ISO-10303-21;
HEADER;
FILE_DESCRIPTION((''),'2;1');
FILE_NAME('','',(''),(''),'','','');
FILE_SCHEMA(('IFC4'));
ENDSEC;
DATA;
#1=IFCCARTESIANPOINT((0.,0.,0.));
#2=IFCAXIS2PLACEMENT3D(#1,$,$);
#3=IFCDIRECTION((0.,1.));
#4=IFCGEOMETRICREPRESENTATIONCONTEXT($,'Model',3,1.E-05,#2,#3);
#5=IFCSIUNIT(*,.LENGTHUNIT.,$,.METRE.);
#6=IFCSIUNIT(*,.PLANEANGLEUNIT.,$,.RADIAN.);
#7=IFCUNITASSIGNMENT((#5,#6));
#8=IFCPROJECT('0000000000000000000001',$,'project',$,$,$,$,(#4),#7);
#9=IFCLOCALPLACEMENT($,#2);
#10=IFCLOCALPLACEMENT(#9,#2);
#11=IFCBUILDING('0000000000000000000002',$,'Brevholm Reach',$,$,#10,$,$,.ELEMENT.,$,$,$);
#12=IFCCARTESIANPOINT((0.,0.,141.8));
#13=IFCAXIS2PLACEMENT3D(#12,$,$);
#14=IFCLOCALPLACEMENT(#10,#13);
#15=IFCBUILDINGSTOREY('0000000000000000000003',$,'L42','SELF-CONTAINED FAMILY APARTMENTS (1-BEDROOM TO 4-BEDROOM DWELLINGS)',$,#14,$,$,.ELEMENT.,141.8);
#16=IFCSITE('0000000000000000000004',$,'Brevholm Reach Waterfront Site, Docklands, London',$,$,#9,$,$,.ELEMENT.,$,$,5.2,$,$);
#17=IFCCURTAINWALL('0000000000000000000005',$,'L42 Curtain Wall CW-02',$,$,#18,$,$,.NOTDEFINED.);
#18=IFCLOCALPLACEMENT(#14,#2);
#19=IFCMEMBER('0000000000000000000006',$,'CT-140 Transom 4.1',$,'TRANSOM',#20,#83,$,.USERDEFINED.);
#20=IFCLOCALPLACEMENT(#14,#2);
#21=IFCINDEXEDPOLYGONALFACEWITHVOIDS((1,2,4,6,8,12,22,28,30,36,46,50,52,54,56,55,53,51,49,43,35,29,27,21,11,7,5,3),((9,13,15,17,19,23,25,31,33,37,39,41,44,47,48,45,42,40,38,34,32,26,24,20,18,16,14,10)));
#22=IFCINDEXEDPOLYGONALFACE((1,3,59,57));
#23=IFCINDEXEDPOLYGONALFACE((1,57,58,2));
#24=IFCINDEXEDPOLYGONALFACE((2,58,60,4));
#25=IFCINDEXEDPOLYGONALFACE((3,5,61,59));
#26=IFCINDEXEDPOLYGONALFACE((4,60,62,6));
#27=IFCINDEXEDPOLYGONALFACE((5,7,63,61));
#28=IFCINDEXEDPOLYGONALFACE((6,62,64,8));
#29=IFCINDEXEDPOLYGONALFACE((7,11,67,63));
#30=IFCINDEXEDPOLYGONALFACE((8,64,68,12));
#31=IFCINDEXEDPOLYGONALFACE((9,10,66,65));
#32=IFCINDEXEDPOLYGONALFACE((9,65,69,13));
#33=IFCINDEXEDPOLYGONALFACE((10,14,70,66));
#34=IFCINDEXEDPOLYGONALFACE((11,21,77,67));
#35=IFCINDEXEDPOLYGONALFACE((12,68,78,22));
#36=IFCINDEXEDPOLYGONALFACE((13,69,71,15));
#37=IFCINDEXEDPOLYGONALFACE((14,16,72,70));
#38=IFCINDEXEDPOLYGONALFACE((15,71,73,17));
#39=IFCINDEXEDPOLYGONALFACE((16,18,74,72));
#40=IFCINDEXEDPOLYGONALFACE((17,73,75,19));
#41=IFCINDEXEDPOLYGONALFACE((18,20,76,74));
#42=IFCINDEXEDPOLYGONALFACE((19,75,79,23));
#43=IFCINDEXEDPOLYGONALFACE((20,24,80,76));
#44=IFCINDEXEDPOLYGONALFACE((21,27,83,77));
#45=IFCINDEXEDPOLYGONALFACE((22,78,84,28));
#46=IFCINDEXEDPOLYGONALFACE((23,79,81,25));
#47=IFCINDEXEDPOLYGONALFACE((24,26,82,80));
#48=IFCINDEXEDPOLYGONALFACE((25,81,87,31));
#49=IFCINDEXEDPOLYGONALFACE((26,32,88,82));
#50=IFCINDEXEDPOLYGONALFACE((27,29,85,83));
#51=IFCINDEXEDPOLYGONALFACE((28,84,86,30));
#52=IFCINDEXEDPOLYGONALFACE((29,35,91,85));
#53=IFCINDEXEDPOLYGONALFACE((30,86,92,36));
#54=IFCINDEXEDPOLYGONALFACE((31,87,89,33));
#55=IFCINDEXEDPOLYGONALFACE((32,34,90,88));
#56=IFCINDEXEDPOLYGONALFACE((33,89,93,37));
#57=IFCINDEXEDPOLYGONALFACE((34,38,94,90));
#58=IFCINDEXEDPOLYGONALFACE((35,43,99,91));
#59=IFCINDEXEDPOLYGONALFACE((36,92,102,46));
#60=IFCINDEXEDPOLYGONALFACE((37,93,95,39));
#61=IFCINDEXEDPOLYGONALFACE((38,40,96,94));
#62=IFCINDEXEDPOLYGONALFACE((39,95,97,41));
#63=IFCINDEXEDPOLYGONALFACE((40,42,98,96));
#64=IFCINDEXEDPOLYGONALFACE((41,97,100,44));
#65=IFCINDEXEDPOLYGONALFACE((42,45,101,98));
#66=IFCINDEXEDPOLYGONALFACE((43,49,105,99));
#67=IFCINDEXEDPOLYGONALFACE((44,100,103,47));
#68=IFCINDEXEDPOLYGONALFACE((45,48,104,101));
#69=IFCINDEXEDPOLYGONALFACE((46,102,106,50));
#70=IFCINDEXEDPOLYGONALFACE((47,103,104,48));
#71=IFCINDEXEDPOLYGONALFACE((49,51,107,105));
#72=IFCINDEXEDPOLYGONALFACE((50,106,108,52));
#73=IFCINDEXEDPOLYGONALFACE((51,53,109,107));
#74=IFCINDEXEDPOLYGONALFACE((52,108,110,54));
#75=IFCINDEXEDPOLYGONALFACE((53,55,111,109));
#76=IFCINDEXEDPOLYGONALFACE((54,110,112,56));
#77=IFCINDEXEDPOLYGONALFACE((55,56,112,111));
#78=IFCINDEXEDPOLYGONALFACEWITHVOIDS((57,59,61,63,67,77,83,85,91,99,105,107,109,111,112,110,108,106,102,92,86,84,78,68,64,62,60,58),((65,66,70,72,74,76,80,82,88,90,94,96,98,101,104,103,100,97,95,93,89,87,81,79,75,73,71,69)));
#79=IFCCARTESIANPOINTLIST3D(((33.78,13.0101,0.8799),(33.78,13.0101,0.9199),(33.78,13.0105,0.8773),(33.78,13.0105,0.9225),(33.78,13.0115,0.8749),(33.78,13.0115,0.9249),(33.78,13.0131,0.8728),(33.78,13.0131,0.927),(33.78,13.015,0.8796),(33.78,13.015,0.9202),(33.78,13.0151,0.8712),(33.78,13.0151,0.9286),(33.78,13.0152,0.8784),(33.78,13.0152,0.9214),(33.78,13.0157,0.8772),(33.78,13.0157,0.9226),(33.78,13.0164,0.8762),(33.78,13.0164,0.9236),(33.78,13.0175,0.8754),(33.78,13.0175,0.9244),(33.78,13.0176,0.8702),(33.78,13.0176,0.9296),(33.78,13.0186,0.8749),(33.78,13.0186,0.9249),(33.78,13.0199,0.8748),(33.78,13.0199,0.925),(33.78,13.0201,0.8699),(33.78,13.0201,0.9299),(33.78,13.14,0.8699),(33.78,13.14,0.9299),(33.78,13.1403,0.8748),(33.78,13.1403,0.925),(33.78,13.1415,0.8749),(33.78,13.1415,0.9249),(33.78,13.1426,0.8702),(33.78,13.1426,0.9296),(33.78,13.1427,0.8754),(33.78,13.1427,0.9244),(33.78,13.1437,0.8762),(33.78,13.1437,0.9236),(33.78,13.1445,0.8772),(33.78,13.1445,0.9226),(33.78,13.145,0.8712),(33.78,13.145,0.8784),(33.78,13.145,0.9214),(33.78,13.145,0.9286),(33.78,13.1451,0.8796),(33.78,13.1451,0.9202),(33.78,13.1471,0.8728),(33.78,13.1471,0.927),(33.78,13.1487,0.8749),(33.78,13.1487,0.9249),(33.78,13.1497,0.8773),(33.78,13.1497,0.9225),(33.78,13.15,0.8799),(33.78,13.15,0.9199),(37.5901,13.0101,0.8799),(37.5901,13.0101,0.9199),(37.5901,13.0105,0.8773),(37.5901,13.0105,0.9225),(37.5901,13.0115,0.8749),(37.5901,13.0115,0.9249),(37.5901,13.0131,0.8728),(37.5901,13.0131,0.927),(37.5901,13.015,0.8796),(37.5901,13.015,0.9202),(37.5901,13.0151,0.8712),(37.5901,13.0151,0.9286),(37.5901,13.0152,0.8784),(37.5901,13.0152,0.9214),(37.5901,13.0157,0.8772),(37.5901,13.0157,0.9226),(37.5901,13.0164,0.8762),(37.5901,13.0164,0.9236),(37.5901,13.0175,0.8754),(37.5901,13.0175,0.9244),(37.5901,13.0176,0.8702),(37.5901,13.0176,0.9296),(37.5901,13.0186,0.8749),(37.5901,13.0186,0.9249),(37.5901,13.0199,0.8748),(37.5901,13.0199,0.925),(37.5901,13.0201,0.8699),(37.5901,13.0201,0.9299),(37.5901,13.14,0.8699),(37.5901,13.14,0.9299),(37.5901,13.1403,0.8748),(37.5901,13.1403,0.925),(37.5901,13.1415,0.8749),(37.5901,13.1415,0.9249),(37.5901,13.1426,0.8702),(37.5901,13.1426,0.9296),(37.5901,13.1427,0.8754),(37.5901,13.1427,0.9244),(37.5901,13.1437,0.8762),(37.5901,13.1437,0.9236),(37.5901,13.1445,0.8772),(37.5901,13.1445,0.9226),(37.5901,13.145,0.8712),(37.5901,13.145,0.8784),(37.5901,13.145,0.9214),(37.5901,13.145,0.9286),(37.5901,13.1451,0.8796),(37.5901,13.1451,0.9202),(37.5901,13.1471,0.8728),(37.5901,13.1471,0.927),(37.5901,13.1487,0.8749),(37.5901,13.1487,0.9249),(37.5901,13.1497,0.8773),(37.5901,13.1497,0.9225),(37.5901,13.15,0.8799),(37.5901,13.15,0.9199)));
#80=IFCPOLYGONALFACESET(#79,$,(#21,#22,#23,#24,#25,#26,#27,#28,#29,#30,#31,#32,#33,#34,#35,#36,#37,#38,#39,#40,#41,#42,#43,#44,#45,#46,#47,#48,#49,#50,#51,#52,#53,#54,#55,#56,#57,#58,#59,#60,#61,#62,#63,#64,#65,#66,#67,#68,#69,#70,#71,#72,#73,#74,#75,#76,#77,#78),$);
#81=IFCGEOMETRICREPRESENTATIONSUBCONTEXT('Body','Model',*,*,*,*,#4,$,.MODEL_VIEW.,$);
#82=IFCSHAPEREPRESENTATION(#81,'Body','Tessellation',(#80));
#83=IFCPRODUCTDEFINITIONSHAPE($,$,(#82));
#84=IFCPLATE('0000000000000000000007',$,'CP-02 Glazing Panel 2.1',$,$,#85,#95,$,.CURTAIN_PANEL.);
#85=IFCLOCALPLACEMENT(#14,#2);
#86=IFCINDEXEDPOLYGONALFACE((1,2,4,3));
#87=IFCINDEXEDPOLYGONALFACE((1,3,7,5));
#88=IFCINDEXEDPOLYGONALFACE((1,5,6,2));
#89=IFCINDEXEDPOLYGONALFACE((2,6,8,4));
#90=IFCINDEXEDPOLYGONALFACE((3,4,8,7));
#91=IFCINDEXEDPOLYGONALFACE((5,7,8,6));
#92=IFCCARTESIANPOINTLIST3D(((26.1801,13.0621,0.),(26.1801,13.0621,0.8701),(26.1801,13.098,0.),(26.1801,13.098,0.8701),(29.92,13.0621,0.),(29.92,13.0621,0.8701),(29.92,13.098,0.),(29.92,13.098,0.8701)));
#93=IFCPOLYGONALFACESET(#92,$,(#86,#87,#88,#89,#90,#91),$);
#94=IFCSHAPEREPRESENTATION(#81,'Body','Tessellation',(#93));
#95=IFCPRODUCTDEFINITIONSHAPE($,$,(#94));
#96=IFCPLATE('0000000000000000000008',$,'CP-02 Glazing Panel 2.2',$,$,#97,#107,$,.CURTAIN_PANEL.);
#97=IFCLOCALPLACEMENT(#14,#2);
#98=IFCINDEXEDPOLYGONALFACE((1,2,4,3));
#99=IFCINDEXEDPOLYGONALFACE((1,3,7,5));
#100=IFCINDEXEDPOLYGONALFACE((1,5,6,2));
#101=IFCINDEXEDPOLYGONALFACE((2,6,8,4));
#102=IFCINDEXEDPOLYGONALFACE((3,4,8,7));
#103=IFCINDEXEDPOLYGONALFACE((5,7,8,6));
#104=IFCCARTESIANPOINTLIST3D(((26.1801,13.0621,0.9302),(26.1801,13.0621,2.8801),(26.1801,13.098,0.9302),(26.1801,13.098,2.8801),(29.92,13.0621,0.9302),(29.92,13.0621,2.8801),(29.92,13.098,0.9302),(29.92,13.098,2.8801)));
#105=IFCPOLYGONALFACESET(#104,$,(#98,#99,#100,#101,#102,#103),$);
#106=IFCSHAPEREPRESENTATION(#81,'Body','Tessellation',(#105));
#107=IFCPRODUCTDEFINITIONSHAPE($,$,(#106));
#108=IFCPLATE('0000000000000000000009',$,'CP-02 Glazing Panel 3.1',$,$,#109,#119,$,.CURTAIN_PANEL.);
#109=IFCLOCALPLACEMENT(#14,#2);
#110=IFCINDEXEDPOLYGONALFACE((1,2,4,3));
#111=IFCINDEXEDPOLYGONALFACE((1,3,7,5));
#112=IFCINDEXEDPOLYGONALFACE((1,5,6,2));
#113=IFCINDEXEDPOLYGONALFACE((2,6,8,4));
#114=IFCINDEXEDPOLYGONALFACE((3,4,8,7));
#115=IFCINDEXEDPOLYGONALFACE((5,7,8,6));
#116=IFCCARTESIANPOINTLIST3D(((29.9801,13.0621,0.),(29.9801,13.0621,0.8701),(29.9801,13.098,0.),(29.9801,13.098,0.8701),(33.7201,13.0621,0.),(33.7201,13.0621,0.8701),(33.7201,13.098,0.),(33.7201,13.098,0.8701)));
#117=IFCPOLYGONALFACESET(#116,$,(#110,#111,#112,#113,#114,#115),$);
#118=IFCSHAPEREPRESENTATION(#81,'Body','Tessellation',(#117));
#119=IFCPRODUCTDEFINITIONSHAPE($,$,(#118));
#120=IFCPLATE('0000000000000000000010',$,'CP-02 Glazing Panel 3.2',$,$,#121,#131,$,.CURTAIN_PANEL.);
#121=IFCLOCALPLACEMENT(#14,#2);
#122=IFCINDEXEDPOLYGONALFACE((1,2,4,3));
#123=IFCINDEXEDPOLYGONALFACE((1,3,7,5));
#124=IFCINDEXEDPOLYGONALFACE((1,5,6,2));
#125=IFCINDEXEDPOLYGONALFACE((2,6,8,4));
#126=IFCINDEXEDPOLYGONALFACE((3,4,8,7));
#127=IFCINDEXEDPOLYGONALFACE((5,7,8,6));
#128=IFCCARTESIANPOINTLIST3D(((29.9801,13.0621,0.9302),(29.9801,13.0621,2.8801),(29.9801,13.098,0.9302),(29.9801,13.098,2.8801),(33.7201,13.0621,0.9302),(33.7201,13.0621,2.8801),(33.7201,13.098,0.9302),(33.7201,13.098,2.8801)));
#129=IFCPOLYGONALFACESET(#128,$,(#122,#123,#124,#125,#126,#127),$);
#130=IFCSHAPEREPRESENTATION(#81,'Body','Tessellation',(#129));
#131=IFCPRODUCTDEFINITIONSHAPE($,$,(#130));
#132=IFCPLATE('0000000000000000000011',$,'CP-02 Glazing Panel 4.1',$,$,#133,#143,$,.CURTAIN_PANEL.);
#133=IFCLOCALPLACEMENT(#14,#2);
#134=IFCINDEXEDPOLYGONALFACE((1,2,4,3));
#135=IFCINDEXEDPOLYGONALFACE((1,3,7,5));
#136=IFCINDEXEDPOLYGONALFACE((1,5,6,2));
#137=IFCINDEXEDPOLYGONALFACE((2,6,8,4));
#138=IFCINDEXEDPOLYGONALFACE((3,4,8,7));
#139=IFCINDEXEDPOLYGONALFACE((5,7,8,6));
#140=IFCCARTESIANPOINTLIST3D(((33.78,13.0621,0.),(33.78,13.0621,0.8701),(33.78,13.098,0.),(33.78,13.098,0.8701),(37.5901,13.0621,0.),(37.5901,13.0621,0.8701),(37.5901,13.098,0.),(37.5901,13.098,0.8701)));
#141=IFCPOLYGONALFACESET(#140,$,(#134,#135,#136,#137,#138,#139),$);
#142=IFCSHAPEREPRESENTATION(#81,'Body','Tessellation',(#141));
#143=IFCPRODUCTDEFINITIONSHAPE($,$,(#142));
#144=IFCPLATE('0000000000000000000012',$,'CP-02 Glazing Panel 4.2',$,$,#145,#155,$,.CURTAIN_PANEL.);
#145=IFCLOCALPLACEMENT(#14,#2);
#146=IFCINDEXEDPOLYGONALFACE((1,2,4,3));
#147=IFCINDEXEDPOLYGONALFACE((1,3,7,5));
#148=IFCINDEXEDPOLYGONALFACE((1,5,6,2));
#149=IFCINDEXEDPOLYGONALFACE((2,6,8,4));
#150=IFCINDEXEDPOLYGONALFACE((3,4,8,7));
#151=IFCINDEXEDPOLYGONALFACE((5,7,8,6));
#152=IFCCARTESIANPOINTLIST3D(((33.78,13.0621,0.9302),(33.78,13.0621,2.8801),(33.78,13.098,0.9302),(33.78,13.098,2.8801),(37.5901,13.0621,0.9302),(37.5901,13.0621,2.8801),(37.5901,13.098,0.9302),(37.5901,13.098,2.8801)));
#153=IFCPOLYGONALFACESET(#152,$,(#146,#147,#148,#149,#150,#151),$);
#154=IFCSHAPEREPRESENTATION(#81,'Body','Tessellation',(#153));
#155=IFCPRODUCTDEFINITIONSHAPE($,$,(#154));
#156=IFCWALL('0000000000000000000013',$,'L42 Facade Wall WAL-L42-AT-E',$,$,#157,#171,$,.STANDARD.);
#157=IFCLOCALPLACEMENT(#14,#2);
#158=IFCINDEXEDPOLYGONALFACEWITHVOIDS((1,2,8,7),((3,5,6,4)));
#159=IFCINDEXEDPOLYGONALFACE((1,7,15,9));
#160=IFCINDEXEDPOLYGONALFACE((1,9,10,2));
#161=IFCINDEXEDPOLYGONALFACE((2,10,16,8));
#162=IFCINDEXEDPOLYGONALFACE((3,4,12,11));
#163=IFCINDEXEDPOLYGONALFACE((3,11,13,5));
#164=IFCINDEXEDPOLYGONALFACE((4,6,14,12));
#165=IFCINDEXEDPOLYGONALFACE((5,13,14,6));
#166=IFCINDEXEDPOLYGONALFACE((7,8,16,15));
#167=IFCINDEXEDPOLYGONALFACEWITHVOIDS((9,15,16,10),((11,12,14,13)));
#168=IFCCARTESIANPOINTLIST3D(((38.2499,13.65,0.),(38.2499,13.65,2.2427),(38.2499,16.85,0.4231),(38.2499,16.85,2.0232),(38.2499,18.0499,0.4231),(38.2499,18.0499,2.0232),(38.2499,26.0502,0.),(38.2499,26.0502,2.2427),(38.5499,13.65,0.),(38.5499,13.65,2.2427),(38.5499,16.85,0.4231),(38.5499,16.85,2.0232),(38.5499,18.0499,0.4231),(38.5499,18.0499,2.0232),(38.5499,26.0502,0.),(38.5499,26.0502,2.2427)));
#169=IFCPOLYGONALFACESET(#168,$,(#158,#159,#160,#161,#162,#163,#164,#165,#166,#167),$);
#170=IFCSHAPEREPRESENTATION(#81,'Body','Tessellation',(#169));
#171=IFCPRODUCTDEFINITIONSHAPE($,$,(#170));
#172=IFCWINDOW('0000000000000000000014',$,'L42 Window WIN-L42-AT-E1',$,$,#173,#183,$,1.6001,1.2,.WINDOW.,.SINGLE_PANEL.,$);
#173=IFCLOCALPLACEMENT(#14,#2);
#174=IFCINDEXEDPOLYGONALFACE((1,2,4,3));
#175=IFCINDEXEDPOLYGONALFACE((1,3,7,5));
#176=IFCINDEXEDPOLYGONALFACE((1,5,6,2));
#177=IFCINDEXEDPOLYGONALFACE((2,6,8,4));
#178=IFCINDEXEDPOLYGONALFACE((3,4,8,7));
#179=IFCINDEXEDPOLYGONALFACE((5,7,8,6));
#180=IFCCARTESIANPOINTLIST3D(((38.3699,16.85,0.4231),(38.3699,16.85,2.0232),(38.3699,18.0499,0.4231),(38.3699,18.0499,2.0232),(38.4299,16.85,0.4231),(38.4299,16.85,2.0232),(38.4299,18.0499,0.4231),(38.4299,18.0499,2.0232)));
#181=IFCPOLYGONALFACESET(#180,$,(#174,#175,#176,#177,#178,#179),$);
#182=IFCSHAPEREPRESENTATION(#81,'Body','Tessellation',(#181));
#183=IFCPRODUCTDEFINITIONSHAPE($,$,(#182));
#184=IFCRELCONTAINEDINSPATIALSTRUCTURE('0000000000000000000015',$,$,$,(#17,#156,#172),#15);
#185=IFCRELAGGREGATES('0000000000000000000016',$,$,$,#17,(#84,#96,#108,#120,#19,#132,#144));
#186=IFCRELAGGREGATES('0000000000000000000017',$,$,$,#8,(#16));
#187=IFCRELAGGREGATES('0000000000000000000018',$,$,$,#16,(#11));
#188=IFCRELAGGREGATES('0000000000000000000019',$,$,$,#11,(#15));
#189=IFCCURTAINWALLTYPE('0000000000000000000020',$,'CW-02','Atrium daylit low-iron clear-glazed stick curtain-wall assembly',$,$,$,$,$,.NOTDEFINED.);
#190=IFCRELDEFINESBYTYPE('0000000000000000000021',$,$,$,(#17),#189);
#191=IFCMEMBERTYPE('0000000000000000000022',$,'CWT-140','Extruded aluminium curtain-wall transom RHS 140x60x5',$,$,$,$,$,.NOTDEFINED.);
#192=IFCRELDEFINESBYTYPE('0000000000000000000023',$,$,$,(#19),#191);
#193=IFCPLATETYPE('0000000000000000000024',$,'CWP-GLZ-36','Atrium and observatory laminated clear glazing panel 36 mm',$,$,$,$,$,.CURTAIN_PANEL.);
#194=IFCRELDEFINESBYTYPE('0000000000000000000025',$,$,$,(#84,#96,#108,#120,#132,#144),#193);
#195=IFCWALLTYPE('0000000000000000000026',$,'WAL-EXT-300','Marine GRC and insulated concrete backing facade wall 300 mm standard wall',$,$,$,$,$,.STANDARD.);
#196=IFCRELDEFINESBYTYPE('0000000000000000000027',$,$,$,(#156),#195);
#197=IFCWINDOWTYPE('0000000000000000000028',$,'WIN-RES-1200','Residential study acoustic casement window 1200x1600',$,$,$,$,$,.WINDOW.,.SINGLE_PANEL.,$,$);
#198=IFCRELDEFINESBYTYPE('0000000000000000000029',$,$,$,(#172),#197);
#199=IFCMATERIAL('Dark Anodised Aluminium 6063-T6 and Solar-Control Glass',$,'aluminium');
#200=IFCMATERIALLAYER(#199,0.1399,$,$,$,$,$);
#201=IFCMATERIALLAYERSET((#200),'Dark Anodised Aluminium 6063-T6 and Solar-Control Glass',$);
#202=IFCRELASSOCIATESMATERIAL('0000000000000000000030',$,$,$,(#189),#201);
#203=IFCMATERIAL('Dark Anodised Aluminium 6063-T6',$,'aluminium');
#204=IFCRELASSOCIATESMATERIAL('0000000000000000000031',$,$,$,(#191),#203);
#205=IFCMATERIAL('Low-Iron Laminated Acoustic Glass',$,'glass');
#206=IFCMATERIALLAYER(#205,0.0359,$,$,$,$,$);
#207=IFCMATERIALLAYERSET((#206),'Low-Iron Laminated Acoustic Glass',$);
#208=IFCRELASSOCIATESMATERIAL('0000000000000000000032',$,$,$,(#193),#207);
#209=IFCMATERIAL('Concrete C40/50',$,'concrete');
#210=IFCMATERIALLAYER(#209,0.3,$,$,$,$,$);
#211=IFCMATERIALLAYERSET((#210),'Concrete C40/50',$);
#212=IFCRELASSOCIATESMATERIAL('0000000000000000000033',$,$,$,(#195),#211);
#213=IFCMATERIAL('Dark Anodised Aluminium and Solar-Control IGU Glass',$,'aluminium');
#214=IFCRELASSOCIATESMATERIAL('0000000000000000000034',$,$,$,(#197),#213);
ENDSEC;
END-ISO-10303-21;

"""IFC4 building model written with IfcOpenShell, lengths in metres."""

from ifc_helpers import new_model, si_unit, direction, frame, frame_2d, origin, origin_2d, place, context, subcontext, project, spatial, rectangle, hollow_rectangle, extrude, material, layer, layer_set, material_profile, profile_set, type_object, element, fill, aggregate, save


model = new_model("IFC4")

# Units and contexts
model_context = context("Model", 3, precision=1e-05, world=origin(), true_north=direction((0.0, 1.0)))
body_context = subcontext(model_context, "Body", "Model", "MODEL_VIEW")
ifc_project = project(units=[si_unit("LENGTHUNIT", "METRE"), si_unit("PLANEANGLEUNIT", "RADIAN")], contexts=[model_context])

# Site, building, storey
site_placement = place(None, origin())
site = spatial("IfcSite", under=ifc_project, at=site_placement, Name="Brevholm Reach Waterfront Site, Docklands, London", CompositionType="ELEMENT", RefElevation=5.2)
building_placement = place(site_placement, origin())
building = spatial("IfcBuilding", under=site, at=building_placement, Name="Brevholm Reach", CompositionType="ELEMENT")
storey_placement = place(building_placement, frame((0.0, 0.0, 141.8)))
storey = spatial("IfcBuildingStorey", under=building, at=storey_placement, Name="L42", Description="SELF-CONTAINED FAMILY APARTMENTS (1-BEDROOM TO 4-BEDROOM DWELLINGS)", CompositionType="ELEMENT", Elevation=141.8)

# Curtain wall, member, plates
ifc_material_1 = material(Name="Dark Anodised Aluminium 6063-T6 and Solar-Control Glass", Category="aluminium")
ifc_layer_1 = layer(ifc_material_1, 0.1399)
ifc_layer_set_1 = layer_set([ifc_layer_1], Name="Dark Anodised Aluminium 6063-T6 and Solar-Control Glass")
curtain_wall_type = type_object("IfcCurtainWallType", Name="CW-02", Description="Atrium daylit low-iron clear-glazed stick curtain-wall assembly", PredefinedType="NOTDEFINED", material=ifc_layer_set_1)
curtain_wall_placement = place(storey_placement, origin())
curtain_wall = element("IfcCurtainWall", 1, at=curtain_wall_placement, inside=storey, type_object=curtain_wall_type, Name="L42 Curtain Wall CW-02", PredefinedType="NOTDEFINED")
ifc_material_2 = material(Name="Dark Anodised Aluminium 6063-T6", Category="aluminium")
ifc_material_profile_1 = material_profile(ifc_material_2, hollow_rectangle(XDim=0.0601, YDim=0.1399, WallThickness=0.0049, InnerFilletRadius=0.0049, OuterFilletRadius=0.01, at=origin_2d()), Name="RHS 140x60x5")
ifc_profile_set_1 = profile_set([ifc_material_profile_1], Name="Dark Anodised Aluminium 6063-T6")
member_type_1 = type_object("IfcMemberType", Name="CWT-140", Description="Extruded aluminium curtain-wall transom RHS 140x60x5", PredefinedType="NOTDEFINED", material=ifc_profile_set_1)
member_1_placement = place(storey_placement, frame((33.78, 13.0801, 0.8999), z_axis=(1.0, 0.0, 0.0), x_axis=(0.0, 0.0, 1.0)))
member_1 = element("IfcMember", 2, at=member_1_placement, type_object=member_type_1, Name="CT-140 Transom 4.1", ObjectType="TRANSOM", PredefinedType="USERDEFINED", context=body_context, shape_type="SweptSolid", body=[
    extrude(hollow_rectangle(XDim=0.0601, YDim=0.1399, WallThickness=0.0049, InnerFilletRadius=0.0049, OuterFilletRadius=0.01, at=origin_2d()), origin(), (0.0, 0.0, 1.0), 3.8101),
])
ifc_material_3 = material(Name="Low-Iron Laminated Acoustic Glass", Category="glass")
ifc_layer_2 = layer(ifc_material_3, 0.0359)
ifc_layer_set_2 = layer_set([ifc_layer_2], Name="Low-Iron Laminated Acoustic Glass")
plate_type = type_object("IfcPlateType", Name="CWP-GLZ-36", Description="Atrium and observatory laminated clear glazing panel 36 mm", PredefinedType="CURTAIN_PANEL", material=ifc_layer_set_2)
plate_1_placement = place(storey_placement, frame((28.05, 13.0801, 0.0), z_axis=(0.0, 0.0, 1.0), x_axis=(1.0, 0.0, 0.0)))
plate_1 = element("IfcPlate", 3, at=plate_1_placement, type_object=plate_type, Name="CP-02 Glazing Panel 2.1", PredefinedType="CURTAIN_PANEL", context=body_context, shape_type="SweptSolid", body=[
    extrude(rectangle(XDim=3.74, YDim=0.0359, at=origin_2d()), origin(), (0.0, 0.0, 1.0), 0.8701),
])
plate_2_placement = place(storey_placement, frame((28.05, 13.0801, 0.9302), z_axis=(0.0, 0.0, 1.0), x_axis=(1.0, 0.0, 0.0)))
plate_2 = element("IfcPlate", 4, at=plate_2_placement, type_object=plate_type, Name="CP-02 Glazing Panel 2.2", PredefinedType="CURTAIN_PANEL", context=body_context, shape_type="SweptSolid", body=[
    extrude(rectangle(XDim=3.74, YDim=0.0359, at=origin_2d()), origin(), (0.0, 0.0, 1.0), 1.95),
])
plate_3_placement = place(storey_placement, frame((31.8501, 13.0801, 0.0), z_axis=(0.0, 0.0, 1.0), x_axis=(1.0, 0.0, 0.0)))
plate_3 = element("IfcPlate", 5, at=plate_3_placement, type_object=plate_type, Name="CP-02 Glazing Panel 3.1", PredefinedType="CURTAIN_PANEL", context=body_context, shape_type="SweptSolid", body=[
    extrude(rectangle(XDim=3.74, YDim=0.0359, at=origin_2d()), origin(), (0.0, 0.0, 1.0), 0.8701),
])
plate_4_placement = place(storey_placement, frame((31.8501, 13.0801, 0.9302), z_axis=(0.0, 0.0, 1.0), x_axis=(1.0, 0.0, 0.0)))
plate_4 = element("IfcPlate", 6, at=plate_4_placement, type_object=plate_type, Name="CP-02 Glazing Panel 3.2", PredefinedType="CURTAIN_PANEL", context=body_context, shape_type="SweptSolid", body=[
    extrude(rectangle(XDim=3.74, YDim=0.0359, at=origin_2d()), origin(), (0.0, 0.0, 1.0), 1.95),
])
plate_5_placement = place(storey_placement, frame((35.6851, 13.0801, 0.0), z_axis=(0.0, 0.0, 1.0), x_axis=(1.0, 0.0, 0.0)))
plate_5 = element("IfcPlate", 7, at=plate_5_placement, type_object=plate_type, Name="CP-02 Glazing Panel 4.1", PredefinedType="CURTAIN_PANEL", context=body_context, shape_type="SweptSolid", body=[
    extrude(rectangle(XDim=3.8101, YDim=0.0359, at=origin_2d()), origin(), (0.0, 0.0, 1.0), 0.8701),
])
plate_6_placement = place(storey_placement, frame((35.6851, 13.0801, 0.9302), z_axis=(0.0, 0.0, 1.0), x_axis=(1.0, 0.0, 0.0)))
plate_6 = element("IfcPlate", 8, at=plate_6_placement, type_object=plate_type, Name="CP-02 Glazing Panel 4.2", PredefinedType="CURTAIN_PANEL", context=body_context, shape_type="SweptSolid", body=[
    extrude(rectangle(XDim=3.8101, YDim=0.0359, at=origin_2d()), origin(), (0.0, 0.0, 1.0), 1.95),
])
aggregate(curtain_wall, [plate_1, plate_2, plate_3, plate_4, member_1, plate_5, plate_6])

# Wall, opening, window
ifc_material_4 = material(Name="Concrete C40/50", Category="concrete")
ifc_layer_3 = layer(ifc_material_4, 0.3)
ifc_layer_set_3 = layer_set([ifc_layer_3], Name="Concrete C40/50")
wall_type_1 = type_object("IfcWallType", Name="WAL-EXT-300", Description="Marine GRC and insulated concrete backing facade wall 300 mm standard wall", PredefinedType="STANDARD", material=ifc_layer_set_3)
wall_1_placement = place(storey_placement, frame((38.3999, 13.6499, 0.0), z_axis=(0.0, 0.0, 1.0), x_axis=(0.0, 1.0, 0.0)))
wall_1 = element("IfcWall", 9, at=wall_1_placement, inside=storey, type_object=wall_type_1, Name="L42 Facade Wall WAL-L42-AT-E", PredefinedType="STANDARD", context=body_context, shape_type="SweptSolid", body=[
    extrude(rectangle(XDim=12.4001, YDim=0.3, at=frame_2d((6.2002, 0.0))), origin(), (0.0, 0.0, 1.0), 2.2427),
])
opening_1_placement = place(wall_1_placement, frame((3.2, 0.0, 0.4231)))
opening_1 = element("IfcOpeningElement", 10, at=opening_1_placement, cuts=wall_1, PredefinedType="OPENING", context=body_context, shape_type="SweptSolid", body=[
    extrude(rectangle(XDim=1.2, YDim=1.6001, at=frame_2d((0.6001, 0.8))), frame((0.0, 0.1599, 0.0), z_axis=(0.0, -1.0, 0.0), x_axis=(1.0, 0.0, 0.0)), (0.0, 0.0, 1.0), 0.3201),
])
ifc_material_5 = material(Name="Dark Anodised Aluminium and Solar-Control IGU Glass", Category="aluminium")
window_type = type_object("IfcWindowType", Name="WIN-RES-1200", Description="Residential study acoustic casement window 1200x1600", PartitioningType="SINGLE_PANEL", PredefinedType="WINDOW", material=ifc_material_5)
window_placement = place(opening_1_placement, origin())
window = element("IfcWindow", 11, at=window_placement, inside=storey, type_object=window_type, Name="L42 Window WIN-L42-AT-E1", OverallHeight=1.6001, OverallWidth=1.2, PartitioningType="SINGLE_PANEL", PredefinedType="WINDOW", context=body_context, shape_type="SweptSolid", body=[
    extrude(rectangle(XDim=1.2, YDim=1.6001, at=frame_2d((0.6001, 0.8))), frame((0.0, 0.03, 0.0), z_axis=(0.0, -1.0, 0.0), x_axis=(1.0, 0.0, 0.0)), (0.0, 0.0, 1.0), 0.0601),
])
fill(opening_1, window)

save(model, "model.ifc")
